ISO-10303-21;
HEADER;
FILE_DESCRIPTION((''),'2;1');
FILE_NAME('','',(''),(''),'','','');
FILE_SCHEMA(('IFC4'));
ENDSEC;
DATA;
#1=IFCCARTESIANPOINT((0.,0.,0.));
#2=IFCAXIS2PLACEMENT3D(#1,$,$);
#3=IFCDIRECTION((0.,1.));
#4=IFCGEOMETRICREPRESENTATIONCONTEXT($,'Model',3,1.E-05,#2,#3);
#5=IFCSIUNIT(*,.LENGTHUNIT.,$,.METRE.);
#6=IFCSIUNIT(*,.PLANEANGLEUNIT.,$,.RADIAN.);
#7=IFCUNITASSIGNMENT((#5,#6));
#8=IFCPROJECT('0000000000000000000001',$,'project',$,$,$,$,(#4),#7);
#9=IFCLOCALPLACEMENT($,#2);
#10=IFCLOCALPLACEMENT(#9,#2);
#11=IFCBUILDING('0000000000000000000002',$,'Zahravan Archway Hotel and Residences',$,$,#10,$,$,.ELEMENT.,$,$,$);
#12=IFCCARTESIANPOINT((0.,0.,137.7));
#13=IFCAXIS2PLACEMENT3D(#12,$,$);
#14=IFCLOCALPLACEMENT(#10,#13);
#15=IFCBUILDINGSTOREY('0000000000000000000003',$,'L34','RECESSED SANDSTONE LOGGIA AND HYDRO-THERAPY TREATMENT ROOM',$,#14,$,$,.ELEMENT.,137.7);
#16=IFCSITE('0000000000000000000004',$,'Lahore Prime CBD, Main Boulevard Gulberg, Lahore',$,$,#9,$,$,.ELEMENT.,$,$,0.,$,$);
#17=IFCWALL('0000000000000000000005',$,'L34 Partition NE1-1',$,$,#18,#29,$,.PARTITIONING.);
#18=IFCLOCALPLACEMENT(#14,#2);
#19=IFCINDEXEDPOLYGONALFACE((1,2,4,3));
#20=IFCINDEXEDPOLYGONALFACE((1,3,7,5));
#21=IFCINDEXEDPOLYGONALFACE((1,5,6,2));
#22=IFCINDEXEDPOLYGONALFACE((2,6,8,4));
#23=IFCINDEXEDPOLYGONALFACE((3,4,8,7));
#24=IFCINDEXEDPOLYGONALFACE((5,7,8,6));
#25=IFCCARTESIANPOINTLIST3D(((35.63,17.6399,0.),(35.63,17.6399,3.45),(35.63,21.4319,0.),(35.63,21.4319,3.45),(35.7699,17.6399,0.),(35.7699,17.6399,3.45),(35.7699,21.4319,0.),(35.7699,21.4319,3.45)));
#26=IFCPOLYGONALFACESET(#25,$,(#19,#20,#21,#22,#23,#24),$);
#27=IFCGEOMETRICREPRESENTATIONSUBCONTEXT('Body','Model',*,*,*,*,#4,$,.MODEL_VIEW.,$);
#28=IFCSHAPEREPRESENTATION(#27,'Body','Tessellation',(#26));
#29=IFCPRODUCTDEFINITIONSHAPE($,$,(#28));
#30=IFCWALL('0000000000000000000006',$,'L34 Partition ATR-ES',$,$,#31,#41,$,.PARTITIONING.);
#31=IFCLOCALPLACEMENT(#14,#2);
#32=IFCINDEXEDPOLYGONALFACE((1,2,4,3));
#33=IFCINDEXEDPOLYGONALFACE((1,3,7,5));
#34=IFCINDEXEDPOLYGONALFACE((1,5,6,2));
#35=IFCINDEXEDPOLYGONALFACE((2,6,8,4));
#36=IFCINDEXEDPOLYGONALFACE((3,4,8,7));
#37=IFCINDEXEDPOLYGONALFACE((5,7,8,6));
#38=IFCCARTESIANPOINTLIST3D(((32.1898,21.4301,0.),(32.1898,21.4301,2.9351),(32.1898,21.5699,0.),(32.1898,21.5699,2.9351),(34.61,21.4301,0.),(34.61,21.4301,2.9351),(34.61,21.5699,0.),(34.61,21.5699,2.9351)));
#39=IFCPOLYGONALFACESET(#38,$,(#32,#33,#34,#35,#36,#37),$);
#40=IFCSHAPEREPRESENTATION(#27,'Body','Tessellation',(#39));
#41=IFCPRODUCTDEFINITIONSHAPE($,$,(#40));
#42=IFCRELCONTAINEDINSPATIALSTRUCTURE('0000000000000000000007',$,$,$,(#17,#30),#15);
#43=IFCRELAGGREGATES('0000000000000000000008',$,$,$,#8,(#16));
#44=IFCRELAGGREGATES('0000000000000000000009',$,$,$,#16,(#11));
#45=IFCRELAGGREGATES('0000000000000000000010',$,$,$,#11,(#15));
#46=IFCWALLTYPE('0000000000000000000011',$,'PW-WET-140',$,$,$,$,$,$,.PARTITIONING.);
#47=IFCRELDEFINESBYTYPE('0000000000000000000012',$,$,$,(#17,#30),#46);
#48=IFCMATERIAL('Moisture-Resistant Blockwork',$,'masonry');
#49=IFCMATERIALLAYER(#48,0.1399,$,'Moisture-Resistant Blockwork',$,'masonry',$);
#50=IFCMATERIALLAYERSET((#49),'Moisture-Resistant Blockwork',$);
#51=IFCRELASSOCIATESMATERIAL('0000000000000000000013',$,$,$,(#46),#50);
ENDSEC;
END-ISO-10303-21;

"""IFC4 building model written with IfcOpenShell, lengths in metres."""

from ifc_helpers import new_model, si_unit, direction, frame, frame_2d, origin, place, context, subcontext, project, spatial, rectangle, extrude, material, layer, layer_set, type_object, element, save


model = new_model("IFC4")

# Units and contexts
model_context = context("Model", 3, precision=1e-05, world=origin(), true_north=direction((0.0, 1.0)))
body_context = subcontext(model_context, "Body", "Model", "MODEL_VIEW")
ifc_project = project(units=[si_unit("LENGTHUNIT", "METRE"), si_unit("PLANEANGLEUNIT", "RADIAN")], contexts=[model_context])

# Site, building, storey
site_placement = place(None, origin())
site = spatial("IfcSite", under=ifc_project, at=site_placement, Name="Lahore Prime CBD, Main Boulevard Gulberg, Lahore", CompositionType="ELEMENT", RefElevation=0.0)
building_placement = place(site_placement, origin())
building = spatial("IfcBuilding", under=site, at=building_placement, Name="Zahravan Archway Hotel and Residences", CompositionType="ELEMENT")
storey_placement = place(building_placement, frame((0.0, 0.0, 137.7)))
storey = spatial("IfcBuildingStorey", under=building, at=storey_placement, Name="L34", Description="RECESSED SANDSTONE LOGGIA AND HYDRO-THERAPY TREATMENT ROOM", CompositionType="ELEMENT", Elevation=137.7)

# Walls
ifc_material_1 = material(Name="Moisture-Resistant Blockwork", Category="masonry")
ifc_layer_1 = layer(ifc_material_1, 0.1399, Name="Moisture-Resistant Blockwork", Category="masonry")
ifc_layer_set_1 = layer_set([ifc_layer_1], Name="Moisture-Resistant Blockwork")
wall_type_1 = type_object("IfcWallType", Name="PW-WET-140", PredefinedType="PARTITIONING", material=ifc_layer_set_1)
wall_1_placement = place(storey_placement, frame((35.7, 17.6399, 0.0), z_axis=(0.0, 0.0, 1.0), x_axis=(0.0, 1.0, 0.0)))
element("IfcWall", 1, at=wall_1_placement, inside=storey, type_object=wall_type_1, Name="L34 Partition NE1-1", PredefinedType="PARTITIONING", context=body_context, shape_type="SweptSolid", body=[
    extrude(rectangle(XDim=3.792, YDim=0.1399, at=frame_2d((1.896, 0.0))), origin(), (0.0, 0.0, 1.0), 3.45),
])
wall_2_placement = place(storey_placement, frame((32.1899, 21.5, 0.0), z_axis=(0.0, 0.0, 1.0), x_axis=(1.0, 0.0, 0.0)))
element("IfcWall", 2, at=wall_2_placement, inside=storey, type_object=wall_type_1, Name="L34 Partition ATR-ES", PredefinedType="PARTITIONING", context=body_context, shape_type="SweptSolid", body=[
    extrude(rectangle(XDim=2.4202, YDim=0.1399, at=frame_2d((1.21, 0.0))), origin(), (0.0, 0.0, 1.0), 2.9351),
])

save(model, "model.ifc")
